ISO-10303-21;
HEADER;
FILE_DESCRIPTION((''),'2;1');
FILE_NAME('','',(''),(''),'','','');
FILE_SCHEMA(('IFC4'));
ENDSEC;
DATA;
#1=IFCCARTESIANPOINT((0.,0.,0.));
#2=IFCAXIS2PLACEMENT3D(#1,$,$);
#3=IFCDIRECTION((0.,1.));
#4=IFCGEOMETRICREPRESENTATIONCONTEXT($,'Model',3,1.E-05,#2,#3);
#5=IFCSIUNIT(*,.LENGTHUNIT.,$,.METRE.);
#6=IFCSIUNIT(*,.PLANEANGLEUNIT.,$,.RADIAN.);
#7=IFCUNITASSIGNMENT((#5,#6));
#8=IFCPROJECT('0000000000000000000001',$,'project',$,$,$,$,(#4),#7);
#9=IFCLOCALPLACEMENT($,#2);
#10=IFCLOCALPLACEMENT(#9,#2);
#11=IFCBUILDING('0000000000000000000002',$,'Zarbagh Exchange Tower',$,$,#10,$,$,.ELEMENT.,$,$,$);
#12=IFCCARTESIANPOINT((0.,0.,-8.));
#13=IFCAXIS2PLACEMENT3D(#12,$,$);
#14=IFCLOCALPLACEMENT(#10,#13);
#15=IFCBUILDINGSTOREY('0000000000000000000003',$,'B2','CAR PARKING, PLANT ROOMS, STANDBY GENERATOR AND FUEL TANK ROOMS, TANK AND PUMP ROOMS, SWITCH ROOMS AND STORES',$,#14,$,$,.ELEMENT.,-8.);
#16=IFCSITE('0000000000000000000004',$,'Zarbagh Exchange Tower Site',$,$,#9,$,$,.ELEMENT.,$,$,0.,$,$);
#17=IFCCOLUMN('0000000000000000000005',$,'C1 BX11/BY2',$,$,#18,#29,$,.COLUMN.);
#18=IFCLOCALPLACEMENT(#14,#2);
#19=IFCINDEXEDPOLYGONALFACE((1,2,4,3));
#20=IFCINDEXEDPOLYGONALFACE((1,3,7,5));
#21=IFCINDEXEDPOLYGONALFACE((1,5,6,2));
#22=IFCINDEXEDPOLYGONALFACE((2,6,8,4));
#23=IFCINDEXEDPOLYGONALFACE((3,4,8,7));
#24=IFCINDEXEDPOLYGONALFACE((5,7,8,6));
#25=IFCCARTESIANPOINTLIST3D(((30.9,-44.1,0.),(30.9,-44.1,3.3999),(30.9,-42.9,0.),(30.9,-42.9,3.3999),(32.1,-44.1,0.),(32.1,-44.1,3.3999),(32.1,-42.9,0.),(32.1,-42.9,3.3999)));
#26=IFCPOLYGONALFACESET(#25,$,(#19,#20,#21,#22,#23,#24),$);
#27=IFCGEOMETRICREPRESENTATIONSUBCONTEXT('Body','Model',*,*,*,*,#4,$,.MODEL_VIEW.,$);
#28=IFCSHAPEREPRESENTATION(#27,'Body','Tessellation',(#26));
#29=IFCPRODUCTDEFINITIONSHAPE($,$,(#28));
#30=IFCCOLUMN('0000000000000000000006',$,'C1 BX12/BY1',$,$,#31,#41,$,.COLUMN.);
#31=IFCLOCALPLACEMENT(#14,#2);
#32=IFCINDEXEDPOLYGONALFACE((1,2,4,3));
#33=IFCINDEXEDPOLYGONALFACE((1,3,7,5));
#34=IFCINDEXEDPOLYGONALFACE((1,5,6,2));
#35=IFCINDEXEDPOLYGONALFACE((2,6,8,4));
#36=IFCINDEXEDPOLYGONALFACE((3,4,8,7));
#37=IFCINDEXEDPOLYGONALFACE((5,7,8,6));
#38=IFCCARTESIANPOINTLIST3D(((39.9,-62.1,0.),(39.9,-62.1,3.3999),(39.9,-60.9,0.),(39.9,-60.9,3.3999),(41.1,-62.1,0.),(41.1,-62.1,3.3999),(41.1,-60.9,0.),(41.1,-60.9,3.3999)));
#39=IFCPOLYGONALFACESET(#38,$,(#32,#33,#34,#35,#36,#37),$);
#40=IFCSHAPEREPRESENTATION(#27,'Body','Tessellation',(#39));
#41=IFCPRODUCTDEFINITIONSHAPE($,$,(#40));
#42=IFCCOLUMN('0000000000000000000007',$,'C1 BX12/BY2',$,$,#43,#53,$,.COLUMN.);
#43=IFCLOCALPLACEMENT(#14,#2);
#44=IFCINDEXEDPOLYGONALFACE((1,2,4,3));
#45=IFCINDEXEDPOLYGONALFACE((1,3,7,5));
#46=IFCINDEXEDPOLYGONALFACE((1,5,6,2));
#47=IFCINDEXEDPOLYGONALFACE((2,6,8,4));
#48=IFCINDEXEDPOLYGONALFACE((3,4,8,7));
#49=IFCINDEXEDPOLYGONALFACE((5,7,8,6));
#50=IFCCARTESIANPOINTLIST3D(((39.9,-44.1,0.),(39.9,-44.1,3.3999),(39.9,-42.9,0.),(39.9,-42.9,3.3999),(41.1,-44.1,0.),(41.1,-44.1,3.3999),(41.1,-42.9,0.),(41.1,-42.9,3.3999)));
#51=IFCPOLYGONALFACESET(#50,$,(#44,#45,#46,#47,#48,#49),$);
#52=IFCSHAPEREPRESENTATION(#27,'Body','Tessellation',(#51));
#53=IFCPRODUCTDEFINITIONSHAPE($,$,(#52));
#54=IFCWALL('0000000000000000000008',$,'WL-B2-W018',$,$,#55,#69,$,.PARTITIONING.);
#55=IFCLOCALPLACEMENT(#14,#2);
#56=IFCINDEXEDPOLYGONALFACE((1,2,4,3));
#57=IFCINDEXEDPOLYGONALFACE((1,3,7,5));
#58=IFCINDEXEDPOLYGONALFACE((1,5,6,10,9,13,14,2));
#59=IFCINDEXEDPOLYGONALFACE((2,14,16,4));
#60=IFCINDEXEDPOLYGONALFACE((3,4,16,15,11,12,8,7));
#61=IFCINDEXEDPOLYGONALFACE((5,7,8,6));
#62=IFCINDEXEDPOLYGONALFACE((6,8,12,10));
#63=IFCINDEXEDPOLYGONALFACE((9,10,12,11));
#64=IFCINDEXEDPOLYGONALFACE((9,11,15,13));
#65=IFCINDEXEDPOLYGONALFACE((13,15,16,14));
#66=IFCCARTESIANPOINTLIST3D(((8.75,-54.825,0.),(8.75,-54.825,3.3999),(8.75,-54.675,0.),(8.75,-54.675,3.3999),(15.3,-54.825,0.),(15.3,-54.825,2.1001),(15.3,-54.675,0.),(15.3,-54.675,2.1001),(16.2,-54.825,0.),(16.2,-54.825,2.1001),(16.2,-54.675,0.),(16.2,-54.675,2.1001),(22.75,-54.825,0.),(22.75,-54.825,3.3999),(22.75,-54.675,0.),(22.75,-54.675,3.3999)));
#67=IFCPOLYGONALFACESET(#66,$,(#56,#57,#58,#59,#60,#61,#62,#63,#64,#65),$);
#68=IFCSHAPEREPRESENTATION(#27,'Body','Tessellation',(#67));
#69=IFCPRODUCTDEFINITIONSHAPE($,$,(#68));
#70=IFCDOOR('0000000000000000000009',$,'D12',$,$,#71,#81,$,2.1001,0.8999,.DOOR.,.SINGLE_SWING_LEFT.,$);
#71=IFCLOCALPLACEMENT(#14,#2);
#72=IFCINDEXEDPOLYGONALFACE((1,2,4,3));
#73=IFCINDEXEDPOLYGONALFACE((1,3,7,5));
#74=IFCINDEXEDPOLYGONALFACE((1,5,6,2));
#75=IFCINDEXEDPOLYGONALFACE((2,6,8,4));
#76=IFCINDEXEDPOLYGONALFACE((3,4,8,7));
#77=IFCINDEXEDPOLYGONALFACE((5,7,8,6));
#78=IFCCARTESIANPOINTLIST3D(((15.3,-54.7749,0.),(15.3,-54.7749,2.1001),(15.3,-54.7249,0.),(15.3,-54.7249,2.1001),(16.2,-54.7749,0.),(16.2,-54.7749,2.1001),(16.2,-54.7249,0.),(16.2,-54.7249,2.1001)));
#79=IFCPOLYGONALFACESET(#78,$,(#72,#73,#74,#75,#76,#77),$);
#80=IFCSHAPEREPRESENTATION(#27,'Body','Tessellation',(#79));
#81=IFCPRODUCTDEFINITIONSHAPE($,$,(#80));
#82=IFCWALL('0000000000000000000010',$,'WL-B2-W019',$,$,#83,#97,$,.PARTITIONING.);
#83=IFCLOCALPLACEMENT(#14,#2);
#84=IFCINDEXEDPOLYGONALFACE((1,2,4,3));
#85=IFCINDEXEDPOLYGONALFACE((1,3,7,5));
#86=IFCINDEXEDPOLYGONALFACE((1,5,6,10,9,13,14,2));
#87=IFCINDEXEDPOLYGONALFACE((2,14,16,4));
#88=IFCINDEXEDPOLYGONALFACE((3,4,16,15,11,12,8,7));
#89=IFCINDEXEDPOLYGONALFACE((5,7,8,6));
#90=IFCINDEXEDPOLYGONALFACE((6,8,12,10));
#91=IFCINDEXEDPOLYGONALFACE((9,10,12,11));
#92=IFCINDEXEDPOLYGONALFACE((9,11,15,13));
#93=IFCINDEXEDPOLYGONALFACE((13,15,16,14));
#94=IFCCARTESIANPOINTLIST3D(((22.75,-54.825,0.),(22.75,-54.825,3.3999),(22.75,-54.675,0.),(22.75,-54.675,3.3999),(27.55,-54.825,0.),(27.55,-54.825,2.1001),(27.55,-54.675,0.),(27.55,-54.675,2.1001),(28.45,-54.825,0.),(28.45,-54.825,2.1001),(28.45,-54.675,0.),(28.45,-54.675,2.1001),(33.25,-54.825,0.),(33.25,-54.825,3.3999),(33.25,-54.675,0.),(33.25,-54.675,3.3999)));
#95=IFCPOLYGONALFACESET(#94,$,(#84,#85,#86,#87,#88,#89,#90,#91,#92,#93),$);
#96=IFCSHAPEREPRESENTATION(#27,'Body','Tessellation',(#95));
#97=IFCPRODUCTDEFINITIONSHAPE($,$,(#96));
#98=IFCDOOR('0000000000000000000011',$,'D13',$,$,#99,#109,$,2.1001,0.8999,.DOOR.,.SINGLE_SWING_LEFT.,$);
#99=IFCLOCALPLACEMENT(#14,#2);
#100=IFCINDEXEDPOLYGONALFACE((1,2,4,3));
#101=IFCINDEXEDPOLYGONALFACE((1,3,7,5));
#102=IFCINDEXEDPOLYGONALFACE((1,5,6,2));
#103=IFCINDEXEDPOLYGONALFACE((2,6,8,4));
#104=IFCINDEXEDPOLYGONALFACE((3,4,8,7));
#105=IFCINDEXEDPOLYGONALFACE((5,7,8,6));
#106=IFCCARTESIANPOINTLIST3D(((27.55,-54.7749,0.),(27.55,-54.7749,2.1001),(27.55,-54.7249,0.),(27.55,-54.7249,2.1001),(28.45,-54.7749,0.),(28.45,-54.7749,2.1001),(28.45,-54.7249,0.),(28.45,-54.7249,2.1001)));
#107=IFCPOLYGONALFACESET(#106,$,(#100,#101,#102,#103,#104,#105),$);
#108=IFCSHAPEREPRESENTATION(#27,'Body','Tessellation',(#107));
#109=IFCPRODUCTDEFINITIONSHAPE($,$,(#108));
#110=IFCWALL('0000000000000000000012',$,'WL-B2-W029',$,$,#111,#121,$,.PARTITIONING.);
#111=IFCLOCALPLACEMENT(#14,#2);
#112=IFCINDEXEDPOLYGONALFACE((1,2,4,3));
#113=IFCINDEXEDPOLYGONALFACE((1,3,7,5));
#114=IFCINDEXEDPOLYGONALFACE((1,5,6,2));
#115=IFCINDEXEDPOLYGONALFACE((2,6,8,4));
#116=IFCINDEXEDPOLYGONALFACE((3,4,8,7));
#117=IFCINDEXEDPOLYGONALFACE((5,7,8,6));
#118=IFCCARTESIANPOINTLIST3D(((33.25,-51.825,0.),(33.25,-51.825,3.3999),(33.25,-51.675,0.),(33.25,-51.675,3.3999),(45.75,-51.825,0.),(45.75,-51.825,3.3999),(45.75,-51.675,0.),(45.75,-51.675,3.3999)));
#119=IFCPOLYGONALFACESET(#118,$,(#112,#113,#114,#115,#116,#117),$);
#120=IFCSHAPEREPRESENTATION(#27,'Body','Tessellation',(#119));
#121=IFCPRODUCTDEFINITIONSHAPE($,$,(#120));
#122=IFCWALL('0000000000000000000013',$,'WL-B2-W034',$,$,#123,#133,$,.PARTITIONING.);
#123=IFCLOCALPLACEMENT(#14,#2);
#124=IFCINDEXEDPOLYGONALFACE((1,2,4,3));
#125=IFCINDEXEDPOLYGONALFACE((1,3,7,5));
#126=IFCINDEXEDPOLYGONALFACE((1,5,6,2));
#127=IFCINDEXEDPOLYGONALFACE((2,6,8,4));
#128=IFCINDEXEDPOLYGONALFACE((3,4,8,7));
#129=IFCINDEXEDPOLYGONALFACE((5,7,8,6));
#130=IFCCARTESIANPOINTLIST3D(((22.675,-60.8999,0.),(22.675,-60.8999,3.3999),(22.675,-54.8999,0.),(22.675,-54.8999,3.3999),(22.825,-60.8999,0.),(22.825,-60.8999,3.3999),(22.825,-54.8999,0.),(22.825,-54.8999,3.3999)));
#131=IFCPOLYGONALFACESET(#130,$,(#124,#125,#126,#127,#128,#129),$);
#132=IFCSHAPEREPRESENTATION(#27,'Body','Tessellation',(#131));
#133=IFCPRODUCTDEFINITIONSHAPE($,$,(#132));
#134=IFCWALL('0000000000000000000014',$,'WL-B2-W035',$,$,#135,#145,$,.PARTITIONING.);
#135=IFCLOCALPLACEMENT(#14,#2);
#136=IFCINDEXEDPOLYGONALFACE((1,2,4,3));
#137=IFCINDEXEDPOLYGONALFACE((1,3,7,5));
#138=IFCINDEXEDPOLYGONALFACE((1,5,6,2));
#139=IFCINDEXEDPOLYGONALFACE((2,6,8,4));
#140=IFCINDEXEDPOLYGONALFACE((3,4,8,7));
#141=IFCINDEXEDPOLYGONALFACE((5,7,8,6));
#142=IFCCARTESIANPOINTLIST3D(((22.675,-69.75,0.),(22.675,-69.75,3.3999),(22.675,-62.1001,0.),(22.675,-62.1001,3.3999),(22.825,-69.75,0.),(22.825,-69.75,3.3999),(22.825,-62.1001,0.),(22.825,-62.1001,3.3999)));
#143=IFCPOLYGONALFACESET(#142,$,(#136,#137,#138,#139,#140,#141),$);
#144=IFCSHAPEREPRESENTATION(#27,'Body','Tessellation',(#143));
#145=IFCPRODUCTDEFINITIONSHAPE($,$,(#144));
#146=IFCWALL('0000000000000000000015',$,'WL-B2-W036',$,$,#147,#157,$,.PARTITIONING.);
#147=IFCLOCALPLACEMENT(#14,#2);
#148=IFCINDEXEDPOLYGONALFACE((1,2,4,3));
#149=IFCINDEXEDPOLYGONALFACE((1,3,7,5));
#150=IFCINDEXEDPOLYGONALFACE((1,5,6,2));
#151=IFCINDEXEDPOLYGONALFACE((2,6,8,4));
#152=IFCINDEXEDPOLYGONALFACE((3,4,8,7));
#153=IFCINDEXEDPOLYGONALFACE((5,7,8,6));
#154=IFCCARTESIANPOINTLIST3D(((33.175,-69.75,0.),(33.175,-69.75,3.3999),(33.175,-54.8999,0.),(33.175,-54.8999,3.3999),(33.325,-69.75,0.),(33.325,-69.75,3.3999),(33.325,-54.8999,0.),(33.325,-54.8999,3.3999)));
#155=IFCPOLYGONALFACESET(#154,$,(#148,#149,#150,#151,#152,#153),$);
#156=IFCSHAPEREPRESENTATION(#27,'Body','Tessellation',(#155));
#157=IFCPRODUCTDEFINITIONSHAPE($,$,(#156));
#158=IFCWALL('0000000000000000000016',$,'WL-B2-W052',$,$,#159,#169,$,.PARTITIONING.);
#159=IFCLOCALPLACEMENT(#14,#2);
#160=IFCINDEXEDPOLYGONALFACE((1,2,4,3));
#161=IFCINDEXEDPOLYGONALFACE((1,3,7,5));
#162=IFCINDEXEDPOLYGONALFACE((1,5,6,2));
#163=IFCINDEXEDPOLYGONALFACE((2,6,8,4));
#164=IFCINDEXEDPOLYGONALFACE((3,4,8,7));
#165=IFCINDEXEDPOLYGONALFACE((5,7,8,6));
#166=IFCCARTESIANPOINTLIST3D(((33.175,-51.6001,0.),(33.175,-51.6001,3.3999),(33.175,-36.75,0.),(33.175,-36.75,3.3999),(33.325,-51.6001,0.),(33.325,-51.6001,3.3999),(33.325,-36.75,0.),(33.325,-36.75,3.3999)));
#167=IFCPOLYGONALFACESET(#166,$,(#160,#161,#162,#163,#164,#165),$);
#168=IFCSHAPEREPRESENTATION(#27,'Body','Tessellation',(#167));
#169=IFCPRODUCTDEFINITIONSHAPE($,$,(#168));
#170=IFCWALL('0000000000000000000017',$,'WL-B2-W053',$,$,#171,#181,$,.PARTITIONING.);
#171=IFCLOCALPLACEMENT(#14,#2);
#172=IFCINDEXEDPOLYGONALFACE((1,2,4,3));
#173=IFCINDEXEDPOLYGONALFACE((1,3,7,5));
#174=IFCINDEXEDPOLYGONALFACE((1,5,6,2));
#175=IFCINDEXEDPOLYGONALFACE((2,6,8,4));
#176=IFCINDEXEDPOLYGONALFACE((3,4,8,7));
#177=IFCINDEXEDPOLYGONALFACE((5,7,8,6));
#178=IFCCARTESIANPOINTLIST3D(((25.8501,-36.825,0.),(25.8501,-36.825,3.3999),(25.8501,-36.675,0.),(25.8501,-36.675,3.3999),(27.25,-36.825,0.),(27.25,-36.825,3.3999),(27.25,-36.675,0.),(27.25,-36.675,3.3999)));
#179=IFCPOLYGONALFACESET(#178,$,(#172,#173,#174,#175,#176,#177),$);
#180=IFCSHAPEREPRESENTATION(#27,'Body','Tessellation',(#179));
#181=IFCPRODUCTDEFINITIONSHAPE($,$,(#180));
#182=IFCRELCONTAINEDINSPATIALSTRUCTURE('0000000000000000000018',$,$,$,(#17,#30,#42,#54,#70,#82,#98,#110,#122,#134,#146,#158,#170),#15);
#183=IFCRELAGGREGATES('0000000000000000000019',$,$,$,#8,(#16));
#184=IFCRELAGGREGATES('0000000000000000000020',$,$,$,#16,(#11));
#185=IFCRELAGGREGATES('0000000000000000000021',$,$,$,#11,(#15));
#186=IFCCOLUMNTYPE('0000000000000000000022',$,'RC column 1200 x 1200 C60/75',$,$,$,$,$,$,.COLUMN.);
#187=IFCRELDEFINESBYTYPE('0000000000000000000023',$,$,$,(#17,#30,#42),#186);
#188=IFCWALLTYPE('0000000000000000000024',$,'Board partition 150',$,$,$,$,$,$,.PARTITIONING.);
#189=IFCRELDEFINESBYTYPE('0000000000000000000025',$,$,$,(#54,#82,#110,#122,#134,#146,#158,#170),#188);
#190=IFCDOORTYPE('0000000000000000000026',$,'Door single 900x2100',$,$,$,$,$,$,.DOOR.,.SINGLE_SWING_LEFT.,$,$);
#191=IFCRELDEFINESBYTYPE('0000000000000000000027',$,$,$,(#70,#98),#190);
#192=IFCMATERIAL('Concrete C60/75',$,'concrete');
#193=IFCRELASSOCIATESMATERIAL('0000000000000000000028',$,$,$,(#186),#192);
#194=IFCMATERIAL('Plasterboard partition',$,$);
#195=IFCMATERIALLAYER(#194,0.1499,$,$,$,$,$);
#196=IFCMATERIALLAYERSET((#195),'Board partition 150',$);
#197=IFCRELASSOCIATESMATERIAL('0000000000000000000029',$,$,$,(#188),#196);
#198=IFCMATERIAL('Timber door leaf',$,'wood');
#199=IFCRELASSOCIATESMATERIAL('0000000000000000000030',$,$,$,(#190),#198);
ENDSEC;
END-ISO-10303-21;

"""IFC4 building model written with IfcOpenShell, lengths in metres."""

from ifc_helpers import new_model, si_unit, direction, frame, frame_2d, origin, origin_2d, place, context, subcontext, project, spatial, rectangle, extrude, material, layer, layer_set, material_profile, profile_set, type_object, element, fill, save


model = new_model("IFC4")

# Units and contexts
model_context = context("Model", 3, precision=1e-05, world=origin(), true_north=direction((0.0, 1.0)))
body_context = subcontext(model_context, "Body", "Model", "MODEL_VIEW")
ifc_project = project(units=[si_unit("LENGTHUNIT", "METRE"), si_unit("PLANEANGLEUNIT", "RADIAN")], contexts=[model_context])

# Site, building, storey
site_placement = place(None, origin())
site = spatial("IfcSite", under=ifc_project, at=site_placement, Name="Zarbagh Exchange Tower Site", CompositionType="ELEMENT", RefElevation=0.0)
building_placement = place(site_placement, origin())
building = spatial("IfcBuilding", under=site, at=building_placement, Name="Zarbagh Exchange Tower", CompositionType="ELEMENT")
storey_placement = place(building_placement, frame((0.0, 0.0, -8.0)))
storey = spatial("IfcBuildingStorey", under=building, at=storey_placement, Name="B2", Description="CAR PARKING, PLANT ROOMS, STANDBY GENERATOR AND FUEL TANK ROOMS, TANK AND PUMP ROOMS, SWITCH ROOMS AND STORES", CompositionType="ELEMENT", Elevation=-8.0)

# Columns
ifc_material_1 = material(Name="Concrete C60/75", Category="concrete")
ifc_material_profile_1 = material_profile(ifc_material_1, rectangle(XDim=1.2, YDim=1.2, at=origin_2d()), Name="RC column 1200 x 1200 C60/75")
ifc_profile_set_1 = profile_set([ifc_material_profile_1], Name="Concrete C60/75")
column_type = type_object("IfcColumnType", Name="RC column 1200 x 1200 C60/75", PredefinedType="COLUMN", material=ifc_profile_set_1)
for number, where, z_axis, x_axis, name in (
    (1, (31.5, -43.5, 0.0), (0.0, 0.0, 1.0), (1.0, 0.0, 0.0), "C1 BX11/BY2"),
    (2, (40.5, -61.5, 0.0), (0.0, 0.0, 1.0), (1.0, 0.0, 0.0), "C1 BX12/BY1"),
    (3, (40.5, -43.5, 0.0), (0.0, 0.0, 1.0), (1.0, 0.0, 0.0), "C1 BX12/BY2"),
):
    element("IfcColumn", number, at=place(storey_placement, frame(where, z_axis=z_axis, x_axis=x_axis)), inside=storey, type_object=column_type, Name=name, PredefinedType="COLUMN", context=body_context, shape_type="SweptSolid", body=[
        extrude(rectangle(XDim=1.2, YDim=1.2, at=origin_2d()), origin(), (0.0, 0.0, 1.0), 3.3999),
    ])

# Walls, openings, doors
ifc_material_2 = material(Name="Plasterboard partition")
ifc_layer_1 = layer(ifc_material_2, 0.1499)
ifc_layer_set_1 = layer_set([ifc_layer_1], Name="Board partition 150")
wall_type = type_object("IfcWallType", Name="Board partition 150", PredefinedType="PARTITIONING", material=ifc_layer_set_1)
wall_1_placement = place(storey_placement, frame((22.75, -54.75, 0.0), z_axis=(0.0, 0.0, 1.0), x_axis=(-1.0, 0.0, 0.0)))
wall_1 = element("IfcWall", 4, at=wall_1_placement, inside=storey, type_object=wall_type, Name="WL-B2-W018", PredefinedType="PARTITIONING", context=body_context, shape_type="SweptSolid", body=[
    extrude(rectangle(XDim=14.0, YDim=0.1499, at=frame_2d((7.0, 0.0))), origin(), (0.0, 0.0, 1.0), 3.3999),
])
opening_1_placement = place(wall_1_placement, frame((6.55, 0.0, 0.0)))
opening_1 = element("IfcOpeningElement", 5, at=opening_1_placement, cuts=wall_1, PredefinedType="OPENING", context=body_context, shape_type="SweptSolid", body=[
    extrude(rectangle(XDim=0.8999, YDim=2.1001, at=frame_2d((0.45, 1.05))), frame((0.0, 0.085, 0.0), z_axis=(0.0, -1.0, 0.0), x_axis=(1.0, 0.0, 0.0)), (0.0, 0.0, 1.0), 0.1699),
])
ifc_material_3 = material(Name="Timber door leaf", Category="wood")
door_type = type_object("IfcDoorType", Name="Door single 900x2100", OperationType="SINGLE_SWING_LEFT", PredefinedType="DOOR", material=ifc_material_3)
door_1_placement = place(opening_1_placement, origin())
door_1 = element("IfcDoor", 6, at=door_1_placement, inside=storey, type_object=door_type, Name="D12", OperationType="SINGLE_SWING_LEFT", OverallHeight=2.1001, OverallWidth=0.8999, PredefinedType="DOOR", context=body_context, shape_type="SweptSolid", body=[
    extrude(rectangle(XDim=0.8999, YDim=2.1001, at=frame_2d((0.45, 1.05))), frame((0.0, 0.0249, 0.0), z_axis=(0.0, -1.0, 0.0), x_axis=(1.0, 0.0, 0.0)), (0.0, 0.0, 1.0), 0.05),
])
fill(opening_1, door_1)
wall_2_placement = place(storey_placement, frame((33.25, -54.75, 0.0), z_axis=(0.0, 0.0, 1.0), x_axis=(-1.0, 0.0, 0.0)))
wall_2 = element("IfcWall", 7, at=wall_2_placement, inside=storey, type_object=wall_type, Name="WL-B2-W019", PredefinedType="PARTITIONING", context=body_context, shape_type="SweptSolid", body=[
    extrude(rectangle(XDim=10.5, YDim=0.1499, at=frame_2d((5.25, 0.0))), origin(), (0.0, 0.0, 1.0), 3.3999),
])
opening_2_placement = place(wall_2_placement, frame((4.8, 0.0, 0.0)))
opening_2 = element("IfcOpeningElement", 8, at=opening_2_placement, cuts=wall_2, PredefinedType="OPENING", context=body_context, shape_type="SweptSolid", body=[
    extrude(rectangle(XDim=0.8999, YDim=2.1001, at=frame_2d((0.45, 1.05))), frame((0.0, 0.085, 0.0), z_axis=(0.0, -1.0, 0.0), x_axis=(1.0, 0.0, 0.0)), (0.0, 0.0, 1.0), 0.1699),
])
door_2_placement = place(opening_2_placement, origin())
door_2 = element("IfcDoor", 9, at=door_2_placement, inside=storey, type_object=door_type, Name="D13", OperationType="SINGLE_SWING_LEFT", OverallHeight=2.1001, OverallWidth=0.8999, PredefinedType="DOOR", context=body_context, shape_type="SweptSolid", body=[
    extrude(rectangle(XDim=0.8999, YDim=2.1001, at=frame_2d((0.45, 1.05))), frame((0.0, 0.0249, 0.0), z_axis=(0.0, -1.0, 0.0), x_axis=(1.0, 0.0, 0.0)), (0.0, 0.0, 1.0), 0.05),
])
fill(opening_2, door_2)

# Walls
wall_3_placement = place(storey_placement, frame((33.25, -51.75, 0.0), z_axis=(0.0, 0.0, 1.0), x_axis=(1.0, 0.0, 0.0)))
element("IfcWall", 10, at=wall_3_placement, inside=storey, type_object=wall_type, Name="WL-B2-W029", PredefinedType="PARTITIONING", context=body_context, shape_type="SweptSolid", body=[
    extrude(rectangle(XDim=12.5, YDim=0.1499, at=frame_2d((6.25, 0.0))), origin(), (0.0, 0.0, 1.0), 3.3999),
])
wall_4_placement = place(storey_placement, frame((22.75, -54.8999, 0.0), z_axis=(0.0, 0.0, 1.0), x_axis=(0.0, -1.0, 0.0)))
element("IfcWall", 11, at=wall_4_placement, inside=storey, type_object=wall_type, Name="WL-B2-W034", PredefinedType="PARTITIONING", context=body_context, shape_type="SweptSolid", body=[
    extrude(rectangle(XDim=6.0, YDim=0.1499, at=frame_2d((3.0, 0.0))), origin(), (0.0, 0.0, 1.0), 3.3999),
])
wall_5_placement = place(storey_placement, frame((22.75, -62.1001, 0.0), z_axis=(0.0, 0.0, 1.0), x_axis=(0.0, -1.0, 0.0)))
element("IfcWall", 12, at=wall_5_placement, inside=storey, type_object=wall_type, Name="WL-B2-W035", PredefinedType="PARTITIONING", context=body_context, shape_type="SweptSolid", body=[
    extrude(rectangle(XDim=7.6499, YDim=0.1499, at=frame_2d((3.825, 0.0))), origin(), (0.0, 0.0, 1.0), 3.3999),
])
for number, where, z_axis, x_axis, name in (
    (13, (33.25, -54.8999, 0.0), (0.0, 0.0, 1.0), (0.0, -1.0, 0.0), "WL-B2-W036"),
    (14, (33.25, -36.75, 0.0), (0.0, 0.0, 1.0), (0.0, -1.0, 0.0), "WL-B2-W052"),
):
    element("IfcWall", number, at=place(storey_placement, frame(where, z_axis=z_axis, x_axis=x_axis)), inside=storey, type_object=wall_type, Name=name, PredefinedType="PARTITIONING", context=body_context, shape_type="SweptSolid", body=[
        extrude(rectangle(XDim=14.8501, YDim=0.1499, at=frame_2d((7.425, 0.0))), origin(), (0.0, 0.0, 1.0), 3.3999),
    ])
wall_6_placement = place(storey_placement, frame((25.8501, -36.75, 0.0), z_axis=(0.0, 0.0, 1.0), x_axis=(1.0, 0.0, 0.0)))
element("IfcWall", 15, at=wall_6_placement, inside=storey, type_object=wall_type, Name="WL-B2-W053", PredefinedType="PARTITIONING", context=body_context, shape_type="SweptSolid", body=[
    extrude(rectangle(XDim=1.3999, YDim=0.1499, at=frame_2d((0.7, 0.0))), origin(), (0.0, 0.0, 1.0), 3.3999),
])

save(model, "model.ifc")
